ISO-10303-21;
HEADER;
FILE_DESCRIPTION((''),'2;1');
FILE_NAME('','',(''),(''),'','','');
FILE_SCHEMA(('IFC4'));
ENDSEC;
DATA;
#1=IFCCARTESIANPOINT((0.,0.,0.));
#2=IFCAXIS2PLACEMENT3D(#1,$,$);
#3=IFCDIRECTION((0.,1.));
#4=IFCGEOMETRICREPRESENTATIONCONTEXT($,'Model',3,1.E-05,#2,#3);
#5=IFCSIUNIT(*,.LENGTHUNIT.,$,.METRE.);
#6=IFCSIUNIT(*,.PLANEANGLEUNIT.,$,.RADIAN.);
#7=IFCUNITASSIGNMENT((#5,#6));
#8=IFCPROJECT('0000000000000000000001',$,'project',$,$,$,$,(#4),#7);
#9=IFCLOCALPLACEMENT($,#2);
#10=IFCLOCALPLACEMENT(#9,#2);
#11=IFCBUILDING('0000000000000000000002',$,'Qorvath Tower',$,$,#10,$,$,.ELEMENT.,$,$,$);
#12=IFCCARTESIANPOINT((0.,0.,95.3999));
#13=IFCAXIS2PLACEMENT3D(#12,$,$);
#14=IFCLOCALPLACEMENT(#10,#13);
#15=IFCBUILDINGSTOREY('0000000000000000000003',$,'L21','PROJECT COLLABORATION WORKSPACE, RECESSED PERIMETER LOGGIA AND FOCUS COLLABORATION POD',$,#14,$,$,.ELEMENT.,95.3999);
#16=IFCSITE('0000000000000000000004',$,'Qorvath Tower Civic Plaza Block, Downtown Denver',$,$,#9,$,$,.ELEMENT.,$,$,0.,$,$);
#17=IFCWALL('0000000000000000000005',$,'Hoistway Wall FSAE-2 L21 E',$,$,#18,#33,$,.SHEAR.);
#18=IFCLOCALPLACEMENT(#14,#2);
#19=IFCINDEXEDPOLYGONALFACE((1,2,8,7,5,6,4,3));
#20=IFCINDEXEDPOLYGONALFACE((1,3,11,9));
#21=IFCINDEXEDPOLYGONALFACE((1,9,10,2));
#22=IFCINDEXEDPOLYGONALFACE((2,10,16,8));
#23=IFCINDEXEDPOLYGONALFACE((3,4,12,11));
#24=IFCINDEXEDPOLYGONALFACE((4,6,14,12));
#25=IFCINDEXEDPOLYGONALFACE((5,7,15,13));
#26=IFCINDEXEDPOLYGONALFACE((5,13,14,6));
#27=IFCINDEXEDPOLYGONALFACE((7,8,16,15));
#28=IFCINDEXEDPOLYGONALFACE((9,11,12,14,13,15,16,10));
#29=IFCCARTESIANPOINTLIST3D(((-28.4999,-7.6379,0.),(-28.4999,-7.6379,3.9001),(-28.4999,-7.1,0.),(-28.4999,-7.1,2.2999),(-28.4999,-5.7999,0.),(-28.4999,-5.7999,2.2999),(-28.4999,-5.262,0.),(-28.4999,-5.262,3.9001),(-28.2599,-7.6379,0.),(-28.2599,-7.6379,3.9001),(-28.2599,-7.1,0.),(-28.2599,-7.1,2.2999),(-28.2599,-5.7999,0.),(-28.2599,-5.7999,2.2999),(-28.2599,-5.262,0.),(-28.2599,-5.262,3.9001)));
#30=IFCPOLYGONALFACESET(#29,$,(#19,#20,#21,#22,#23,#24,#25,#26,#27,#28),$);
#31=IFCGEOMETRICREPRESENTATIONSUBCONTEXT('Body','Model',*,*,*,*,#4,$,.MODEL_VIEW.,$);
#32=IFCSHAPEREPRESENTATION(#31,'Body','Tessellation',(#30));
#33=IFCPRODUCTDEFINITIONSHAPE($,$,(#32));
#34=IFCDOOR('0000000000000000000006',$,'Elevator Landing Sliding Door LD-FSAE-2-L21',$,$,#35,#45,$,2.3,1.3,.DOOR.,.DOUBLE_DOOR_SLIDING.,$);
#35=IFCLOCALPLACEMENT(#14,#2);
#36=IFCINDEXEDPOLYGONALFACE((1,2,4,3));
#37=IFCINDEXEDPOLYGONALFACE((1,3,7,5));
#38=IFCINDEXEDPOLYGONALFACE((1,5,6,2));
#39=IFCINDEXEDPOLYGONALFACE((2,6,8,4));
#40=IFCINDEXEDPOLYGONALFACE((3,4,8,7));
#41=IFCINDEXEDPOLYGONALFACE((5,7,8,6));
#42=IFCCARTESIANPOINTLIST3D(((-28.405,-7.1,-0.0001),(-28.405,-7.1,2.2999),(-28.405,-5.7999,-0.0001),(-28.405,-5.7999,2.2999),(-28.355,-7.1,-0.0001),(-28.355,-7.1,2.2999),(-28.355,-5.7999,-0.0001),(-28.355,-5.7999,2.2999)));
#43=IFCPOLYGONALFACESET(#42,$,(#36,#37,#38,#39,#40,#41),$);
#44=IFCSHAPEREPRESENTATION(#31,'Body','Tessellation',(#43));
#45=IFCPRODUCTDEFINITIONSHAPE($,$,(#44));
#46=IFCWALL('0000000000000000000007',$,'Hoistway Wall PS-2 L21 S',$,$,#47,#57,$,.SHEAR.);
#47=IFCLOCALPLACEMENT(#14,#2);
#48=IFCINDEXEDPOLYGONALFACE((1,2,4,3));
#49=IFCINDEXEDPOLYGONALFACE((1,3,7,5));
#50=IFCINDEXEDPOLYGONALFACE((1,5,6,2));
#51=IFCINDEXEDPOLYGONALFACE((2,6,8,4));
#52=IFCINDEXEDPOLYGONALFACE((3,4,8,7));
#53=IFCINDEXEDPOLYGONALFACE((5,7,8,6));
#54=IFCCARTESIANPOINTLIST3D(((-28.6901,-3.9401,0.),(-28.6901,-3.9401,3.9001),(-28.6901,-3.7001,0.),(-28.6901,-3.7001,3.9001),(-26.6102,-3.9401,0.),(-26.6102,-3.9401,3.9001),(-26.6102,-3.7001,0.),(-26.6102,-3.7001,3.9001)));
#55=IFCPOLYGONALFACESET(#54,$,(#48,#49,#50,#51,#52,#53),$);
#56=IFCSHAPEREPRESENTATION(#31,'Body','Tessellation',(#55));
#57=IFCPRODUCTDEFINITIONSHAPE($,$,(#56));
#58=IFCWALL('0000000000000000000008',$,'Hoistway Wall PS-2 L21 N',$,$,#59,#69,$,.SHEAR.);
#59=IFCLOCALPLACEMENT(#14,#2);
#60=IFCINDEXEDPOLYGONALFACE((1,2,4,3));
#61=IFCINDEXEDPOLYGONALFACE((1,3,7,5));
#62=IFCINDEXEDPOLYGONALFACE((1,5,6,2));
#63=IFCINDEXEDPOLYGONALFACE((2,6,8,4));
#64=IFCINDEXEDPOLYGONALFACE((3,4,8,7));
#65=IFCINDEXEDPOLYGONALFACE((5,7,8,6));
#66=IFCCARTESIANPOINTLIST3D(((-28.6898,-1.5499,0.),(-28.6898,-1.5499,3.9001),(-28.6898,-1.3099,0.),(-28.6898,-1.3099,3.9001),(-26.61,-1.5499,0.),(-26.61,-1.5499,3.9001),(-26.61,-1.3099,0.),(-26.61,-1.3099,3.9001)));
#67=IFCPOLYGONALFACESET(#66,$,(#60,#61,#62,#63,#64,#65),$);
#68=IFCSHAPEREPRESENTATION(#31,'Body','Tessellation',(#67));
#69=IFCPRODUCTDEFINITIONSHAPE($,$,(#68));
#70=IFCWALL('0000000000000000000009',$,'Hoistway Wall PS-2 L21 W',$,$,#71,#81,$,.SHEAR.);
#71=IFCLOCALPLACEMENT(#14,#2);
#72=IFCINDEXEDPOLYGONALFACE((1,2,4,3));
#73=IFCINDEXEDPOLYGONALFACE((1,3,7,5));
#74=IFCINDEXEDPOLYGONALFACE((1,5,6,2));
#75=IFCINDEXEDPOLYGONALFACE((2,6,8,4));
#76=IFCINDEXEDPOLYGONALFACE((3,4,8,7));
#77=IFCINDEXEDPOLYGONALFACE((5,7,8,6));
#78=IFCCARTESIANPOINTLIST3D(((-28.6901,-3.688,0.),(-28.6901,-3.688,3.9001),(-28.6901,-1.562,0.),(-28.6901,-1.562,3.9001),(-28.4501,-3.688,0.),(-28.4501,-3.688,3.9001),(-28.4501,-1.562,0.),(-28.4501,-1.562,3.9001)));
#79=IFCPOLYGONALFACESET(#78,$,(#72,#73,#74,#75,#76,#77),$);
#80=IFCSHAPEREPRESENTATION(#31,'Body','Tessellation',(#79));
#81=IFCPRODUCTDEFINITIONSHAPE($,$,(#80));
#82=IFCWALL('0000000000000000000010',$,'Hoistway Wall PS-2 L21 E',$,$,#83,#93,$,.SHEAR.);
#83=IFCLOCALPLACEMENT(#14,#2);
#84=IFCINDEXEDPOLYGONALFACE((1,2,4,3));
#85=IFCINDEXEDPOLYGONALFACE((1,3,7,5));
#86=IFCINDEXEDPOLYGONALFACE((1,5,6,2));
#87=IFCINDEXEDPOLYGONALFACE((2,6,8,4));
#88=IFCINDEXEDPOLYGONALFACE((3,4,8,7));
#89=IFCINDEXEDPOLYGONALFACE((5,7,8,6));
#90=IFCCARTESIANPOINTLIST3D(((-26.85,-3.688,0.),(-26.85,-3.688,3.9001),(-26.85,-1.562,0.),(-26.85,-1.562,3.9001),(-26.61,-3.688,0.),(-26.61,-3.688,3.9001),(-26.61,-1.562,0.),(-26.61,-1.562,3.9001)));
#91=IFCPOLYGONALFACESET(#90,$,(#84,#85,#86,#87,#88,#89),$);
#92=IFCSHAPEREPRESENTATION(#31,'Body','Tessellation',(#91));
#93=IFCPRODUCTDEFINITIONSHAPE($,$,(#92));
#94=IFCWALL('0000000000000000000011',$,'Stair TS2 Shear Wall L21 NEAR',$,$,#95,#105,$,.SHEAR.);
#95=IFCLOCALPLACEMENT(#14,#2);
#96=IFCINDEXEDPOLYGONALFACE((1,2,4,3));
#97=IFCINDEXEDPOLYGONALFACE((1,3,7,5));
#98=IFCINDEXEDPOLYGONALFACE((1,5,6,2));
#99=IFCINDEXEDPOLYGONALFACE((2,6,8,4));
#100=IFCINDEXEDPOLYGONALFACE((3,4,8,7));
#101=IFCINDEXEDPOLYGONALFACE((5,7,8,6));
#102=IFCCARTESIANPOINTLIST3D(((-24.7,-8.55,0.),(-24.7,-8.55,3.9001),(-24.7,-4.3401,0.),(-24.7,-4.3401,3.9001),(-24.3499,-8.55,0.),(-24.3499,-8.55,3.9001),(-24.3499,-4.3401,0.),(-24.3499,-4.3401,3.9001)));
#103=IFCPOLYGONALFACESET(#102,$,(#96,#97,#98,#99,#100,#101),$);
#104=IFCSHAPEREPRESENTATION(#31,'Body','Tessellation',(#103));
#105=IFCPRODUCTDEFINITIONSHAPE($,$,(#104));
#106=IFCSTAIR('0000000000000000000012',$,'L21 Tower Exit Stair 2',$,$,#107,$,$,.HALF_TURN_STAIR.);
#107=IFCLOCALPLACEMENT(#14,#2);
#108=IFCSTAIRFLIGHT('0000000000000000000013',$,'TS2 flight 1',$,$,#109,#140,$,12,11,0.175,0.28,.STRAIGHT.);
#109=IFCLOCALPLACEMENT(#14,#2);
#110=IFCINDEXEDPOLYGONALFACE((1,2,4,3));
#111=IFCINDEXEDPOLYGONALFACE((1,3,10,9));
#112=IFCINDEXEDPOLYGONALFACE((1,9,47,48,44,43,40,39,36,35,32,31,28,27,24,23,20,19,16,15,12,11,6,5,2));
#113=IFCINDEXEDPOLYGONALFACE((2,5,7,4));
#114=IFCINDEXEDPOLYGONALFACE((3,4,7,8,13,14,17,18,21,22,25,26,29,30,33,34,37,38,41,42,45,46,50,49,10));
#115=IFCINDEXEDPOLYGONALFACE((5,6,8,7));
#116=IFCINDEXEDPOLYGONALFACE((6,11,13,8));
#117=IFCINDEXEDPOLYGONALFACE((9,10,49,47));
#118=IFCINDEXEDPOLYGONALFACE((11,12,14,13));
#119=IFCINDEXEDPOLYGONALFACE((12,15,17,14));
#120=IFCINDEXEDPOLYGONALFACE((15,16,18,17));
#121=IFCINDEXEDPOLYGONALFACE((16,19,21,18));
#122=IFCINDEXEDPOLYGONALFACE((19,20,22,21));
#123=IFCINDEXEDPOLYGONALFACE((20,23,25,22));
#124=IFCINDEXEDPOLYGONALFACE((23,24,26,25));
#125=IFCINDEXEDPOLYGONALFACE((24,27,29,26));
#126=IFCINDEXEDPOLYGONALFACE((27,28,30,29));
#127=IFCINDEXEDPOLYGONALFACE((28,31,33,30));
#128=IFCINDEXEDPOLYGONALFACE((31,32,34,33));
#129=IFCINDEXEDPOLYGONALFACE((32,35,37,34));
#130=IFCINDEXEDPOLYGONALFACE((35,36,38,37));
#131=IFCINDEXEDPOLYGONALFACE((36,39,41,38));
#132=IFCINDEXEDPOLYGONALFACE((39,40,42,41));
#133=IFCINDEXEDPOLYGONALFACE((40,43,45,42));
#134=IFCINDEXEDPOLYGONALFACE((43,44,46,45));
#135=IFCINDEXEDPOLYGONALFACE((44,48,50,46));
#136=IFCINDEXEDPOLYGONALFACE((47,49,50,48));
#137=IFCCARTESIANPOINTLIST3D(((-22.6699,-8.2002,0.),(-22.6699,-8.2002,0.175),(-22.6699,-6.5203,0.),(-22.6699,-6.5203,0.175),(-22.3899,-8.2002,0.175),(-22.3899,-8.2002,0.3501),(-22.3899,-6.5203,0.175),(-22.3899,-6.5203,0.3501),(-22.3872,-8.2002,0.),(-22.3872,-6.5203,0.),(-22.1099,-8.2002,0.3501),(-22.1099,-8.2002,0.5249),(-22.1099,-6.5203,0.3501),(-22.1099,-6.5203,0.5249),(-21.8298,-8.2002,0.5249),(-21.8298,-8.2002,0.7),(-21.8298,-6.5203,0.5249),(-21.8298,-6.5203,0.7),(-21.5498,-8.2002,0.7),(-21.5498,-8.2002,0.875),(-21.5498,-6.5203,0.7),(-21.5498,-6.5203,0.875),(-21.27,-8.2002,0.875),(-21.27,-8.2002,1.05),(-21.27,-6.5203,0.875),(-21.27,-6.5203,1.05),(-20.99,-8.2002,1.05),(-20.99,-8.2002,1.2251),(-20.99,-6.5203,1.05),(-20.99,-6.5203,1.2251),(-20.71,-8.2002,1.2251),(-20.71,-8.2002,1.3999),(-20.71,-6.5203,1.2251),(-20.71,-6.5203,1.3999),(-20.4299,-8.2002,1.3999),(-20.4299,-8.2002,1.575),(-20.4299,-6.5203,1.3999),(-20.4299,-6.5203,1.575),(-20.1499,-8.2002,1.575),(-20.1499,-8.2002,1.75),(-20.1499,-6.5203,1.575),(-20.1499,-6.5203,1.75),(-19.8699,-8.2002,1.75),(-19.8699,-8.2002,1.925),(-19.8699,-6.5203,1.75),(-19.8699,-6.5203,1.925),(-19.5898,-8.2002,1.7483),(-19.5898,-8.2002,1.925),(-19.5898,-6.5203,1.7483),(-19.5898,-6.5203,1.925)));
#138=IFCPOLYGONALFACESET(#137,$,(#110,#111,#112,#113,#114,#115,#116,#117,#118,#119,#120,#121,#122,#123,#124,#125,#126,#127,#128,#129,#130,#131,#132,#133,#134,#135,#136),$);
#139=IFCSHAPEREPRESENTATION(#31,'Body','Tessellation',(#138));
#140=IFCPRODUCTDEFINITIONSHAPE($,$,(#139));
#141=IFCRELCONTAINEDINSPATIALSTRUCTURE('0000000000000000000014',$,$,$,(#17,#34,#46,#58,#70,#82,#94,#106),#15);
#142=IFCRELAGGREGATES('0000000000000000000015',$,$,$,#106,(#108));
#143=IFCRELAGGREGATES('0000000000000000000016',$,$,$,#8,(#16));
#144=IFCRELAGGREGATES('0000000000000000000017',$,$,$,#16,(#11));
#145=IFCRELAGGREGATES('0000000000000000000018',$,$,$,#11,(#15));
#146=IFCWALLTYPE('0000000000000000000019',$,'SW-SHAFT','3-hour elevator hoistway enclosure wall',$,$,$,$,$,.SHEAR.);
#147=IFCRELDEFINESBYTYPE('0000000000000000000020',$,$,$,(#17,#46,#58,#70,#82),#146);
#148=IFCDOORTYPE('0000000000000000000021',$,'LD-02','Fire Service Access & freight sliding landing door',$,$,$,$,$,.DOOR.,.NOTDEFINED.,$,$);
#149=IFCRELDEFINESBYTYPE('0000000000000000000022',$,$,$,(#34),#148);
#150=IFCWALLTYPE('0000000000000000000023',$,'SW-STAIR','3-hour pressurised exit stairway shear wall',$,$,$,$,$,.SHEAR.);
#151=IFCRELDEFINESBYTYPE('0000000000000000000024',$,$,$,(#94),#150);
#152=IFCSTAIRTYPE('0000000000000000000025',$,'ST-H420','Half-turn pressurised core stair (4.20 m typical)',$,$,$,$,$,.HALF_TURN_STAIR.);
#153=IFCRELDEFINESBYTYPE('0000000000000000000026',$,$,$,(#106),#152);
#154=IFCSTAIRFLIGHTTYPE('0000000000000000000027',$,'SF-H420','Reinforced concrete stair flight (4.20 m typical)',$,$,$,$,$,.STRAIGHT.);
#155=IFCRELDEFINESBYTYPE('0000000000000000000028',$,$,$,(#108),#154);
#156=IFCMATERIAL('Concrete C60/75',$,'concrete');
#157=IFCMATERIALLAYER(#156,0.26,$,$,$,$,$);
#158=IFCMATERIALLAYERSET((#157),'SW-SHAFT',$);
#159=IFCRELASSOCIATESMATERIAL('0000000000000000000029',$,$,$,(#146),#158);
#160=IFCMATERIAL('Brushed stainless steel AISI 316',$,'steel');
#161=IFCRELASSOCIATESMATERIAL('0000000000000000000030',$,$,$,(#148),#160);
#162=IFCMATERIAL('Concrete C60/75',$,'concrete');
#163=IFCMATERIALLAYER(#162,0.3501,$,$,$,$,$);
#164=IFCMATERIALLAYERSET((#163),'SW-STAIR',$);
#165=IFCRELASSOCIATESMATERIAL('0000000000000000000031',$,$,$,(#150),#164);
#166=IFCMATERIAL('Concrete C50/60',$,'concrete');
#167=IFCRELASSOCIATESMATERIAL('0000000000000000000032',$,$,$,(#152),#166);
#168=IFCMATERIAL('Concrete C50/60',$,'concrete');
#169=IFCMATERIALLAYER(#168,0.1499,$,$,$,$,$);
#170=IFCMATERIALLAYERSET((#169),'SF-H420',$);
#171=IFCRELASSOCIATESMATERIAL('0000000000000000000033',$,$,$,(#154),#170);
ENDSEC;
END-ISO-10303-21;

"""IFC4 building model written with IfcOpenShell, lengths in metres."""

from ifc_helpers import new_model, si_unit, direction, frame, frame_2d, origin, place, context, subcontext, project, spatial, polyline, rectangle, outline, extrude, material, layer, layer_set, type_object, element, fill, aggregate, save


model = new_model("IFC4")

# Units and contexts
model_context = context("Model", 3, precision=1e-05, world=origin(), true_north=direction((0.0, 1.0)))
body_context = subcontext(model_context, "Body", "Model", "MODEL_VIEW")
ifc_project = project(units=[si_unit("LENGTHUNIT", "METRE"), si_unit("PLANEANGLEUNIT", "RADIAN")], contexts=[model_context])

# Site, building, storey
site_placement = place(None, origin())
site = spatial("IfcSite", under=ifc_project, at=site_placement, Name="Qorvath Tower Civic Plaza Block, Downtown Denver", CompositionType="ELEMENT", RefElevation=0.0)
building_placement = place(site_placement, origin())
building = spatial("IfcBuilding", under=site, at=building_placement, Name="Qorvath Tower", CompositionType="ELEMENT")
storey_placement = place(building_placement, frame((0.0, 0.0, 95.3999)))
storey = spatial("IfcBuildingStorey", under=building, at=storey_placement, Name="L21", Description="PROJECT COLLABORATION WORKSPACE, RECESSED PERIMETER LOGGIA AND FOCUS COLLABORATION POD", CompositionType="ELEMENT", Elevation=95.3999)

# Shared definitions
ifc_material_1 = material(Name="Concrete C60/75", Category="concrete")
ifc_layer_1 = layer(ifc_material_1, 0.26)
ifc_layer_set_1 = layer_set([ifc_layer_1], Name="SW-SHAFT")
wall_type_1 = type_object("IfcWallType", Name="SW-SHAFT", Description="3-hour elevator hoistway enclosure wall", PredefinedType="SHEAR", material=ifc_layer_set_1)

# Wall, opening, door
wall_1_placement = place(storey_placement, frame((-28.3799, -5.262, 0.0), z_axis=(0.0, 0.0, 1.0), x_axis=(0.0, -1.0, 0.0)))
wall_1 = element("IfcWall", 1, at=wall_1_placement, inside=storey, type_object=wall_type_1, Name="Hoistway Wall FSAE-2 L21 E", PredefinedType="SHEAR", context=body_context, shape_type="SweptSolid", body=[
    extrude(rectangle(XDim=2.376, YDim=0.24, at=frame_2d((1.188, 0.0))), origin(), (0.0, 0.0, 1.0), 3.9001),
])
opening_1_placement = place(wall_1_placement, frame((0.5381, 0.0, 0.0)))
opening_1 = element("IfcOpeningElement", 2, at=opening_1_placement, cuts=wall_1, PredefinedType="OPENING", context=body_context, shape_type="SweptSolid", body=[
    extrude(rectangle(XDim=1.3, YDim=2.3, at=frame_2d((0.6499, 1.1499))), frame((0.0, 0.1299, 0.0), z_axis=(0.0, -1.0, 0.0), x_axis=(1.0, 0.0, 0.0)), (0.0, 0.0, 1.0), 0.26),
])
ifc_material_2 = material(Name="Brushed stainless steel AISI 316", Category="steel")
door_type_1 = type_object("IfcDoorType", Name="LD-02", Description="Fire Service Access & freight sliding landing door", OperationType="NOTDEFINED", PredefinedType="DOOR", material=ifc_material_2)
door_1_placement = place(opening_1_placement, origin())
door_1 = element("IfcDoor", 3, at=door_1_placement, inside=storey, type_object=door_type_1, Name="Elevator Landing Sliding Door LD-FSAE-2-L21", OperationType="DOUBLE_DOOR_SLIDING", OverallHeight=2.3, OverallWidth=1.3, PredefinedType="DOOR", context=body_context, shape_type="SweptSolid", body=[
    extrude(rectangle(XDim=1.3, YDim=2.3, at=frame_2d((0.6499, 1.1499))), frame((0.0, 0.0249, 0.0), z_axis=(0.0, -1.0, 0.0), x_axis=(1.0, 0.0, 0.0)), (0.0, 0.0, 1.0), 0.05),
])
fill(opening_1, door_1)

# Walls
for number, where, z_axis, x_axis, name in (
    (4, (-26.6101, -3.8201, 0.0), (0.0, 0.0, 1.0), (-1.0, 0.0, 0.0), "Hoistway Wall PS-2 L21 S"),
    (5, (-28.6899, -1.4299, 0.0), (0.0, 0.0, 1.0), (1.0, 0.0, 0.0), "Hoistway Wall PS-2 L21 N"),
):
    element("IfcWall", number, at=place(storey_placement, frame(where, z_axis=z_axis, x_axis=x_axis)), inside=storey, type_object=wall_type_1, Name=name, PredefinedType="SHEAR", context=body_context, shape_type="SweptSolid", body=[
        extrude(rectangle(XDim=2.0798, YDim=0.24, at=frame_2d((1.04, 0.0))), origin(), (0.0, 0.0, 1.0), 3.9001),
    ])
for number, where, z_axis, x_axis, name in (
    (6, (-28.5701, -3.688, 0.0), (0.0, 0.0, 1.0), (0.0, 1.0, 0.0), "Hoistway Wall PS-2 L21 W"),
    (7, (-26.73, -1.562, 0.0), (0.0, 0.0, 1.0), (0.0, -1.0, 0.0), "Hoistway Wall PS-2 L21 E"),
):
    element("IfcWall", number, at=place(storey_placement, frame(where, z_axis=z_axis, x_axis=x_axis)), inside=storey, type_object=wall_type_1, Name=name, PredefinedType="SHEAR", context=body_context, shape_type="SweptSolid", body=[
        extrude(rectangle(XDim=2.126, YDim=0.24, at=frame_2d((1.063, 0.0))), origin(), (0.0, 0.0, 1.0), 3.9001),
    ])
ifc_material_3 = material(Name="Concrete C60/75", Category="concrete")
ifc_layer_2 = layer(ifc_material_3, 0.3501)
ifc_layer_set_2 = layer_set([ifc_layer_2], Name="SW-STAIR")
wall_type_2 = type_object("IfcWallType", Name="SW-STAIR", Description="3-hour pressurised exit stairway shear wall", PredefinedType="SHEAR", material=ifc_layer_set_2)
wall_2_placement = place(storey_placement, frame((-24.5249, -4.3401, 0.0), z_axis=(0.0, 0.0, 1.0), x_axis=(0.0, -1.0, 0.0)))
element("IfcWall", 8, at=wall_2_placement, inside=storey, type_object=wall_type_2, Name="Stair TS2 Shear Wall L21 NEAR", PredefinedType="SHEAR", context=body_context, shape_type="SweptSolid", body=[
    extrude(rectangle(XDim=4.21, YDim=0.3501, at=frame_2d((2.105, 0.0))), origin(), (0.0, 0.0, 1.0), 3.9001),
])

# Stair, stair flight
ifc_material_4 = material(Name="Concrete C50/60", Category="concrete")
stair_type = type_object("IfcStairType", Name="ST-H420", Description="Half-turn pressurised core stair (4.20 m typical)", PredefinedType="HALF_TURN_STAIR", material=ifc_material_4)
stair_placement = place(storey_placement, origin())
stair = element("IfcStair", 9, at=stair_placement, inside=storey, type_object=stair_type, Name="L21 Tower Exit Stair 2", PredefinedType="HALF_TURN_STAIR")
ifc_material_5 = material(Name="Concrete C50/60", Category="concrete")
ifc_layer_3 = layer(ifc_material_5, 0.1499)
ifc_layer_set_3 = layer_set([ifc_layer_3], Name="SF-H420")
stair_flight_type = type_object("IfcStairFlightType", Name="SF-H420", Description="Reinforced concrete stair flight (4.20 m typical)", PredefinedType="STRAIGHT", material=ifc_layer_set_3)
stair_flight_placement = place(storey_placement, frame((-22.6699, -7.3601, 0.0), z_axis=(0.0, 0.0, 1.0), x_axis=(1.0, 0.0, 0.0)))
stair_flight = element("IfcStairFlight", 10, at=stair_flight_placement, type_object=stair_flight_type, Name="TS2 flight 1", NumberOfRisers=12, NumberOfTreads=11, PredefinedType="STRAIGHT", RiserHeight=0.175, TreadLength=0.28, context=body_context, shape_type="SweptSolid", body=[
    extrude(outline(polyline([(0.0, 0.0), (0.0, 0.175), (0.28, 0.175), (0.28, 0.3501), (0.5601, 0.3501), (0.5601, 0.5249), (0.8401, 0.5249), (0.8401, 0.7), (1.1201, 0.7), (1.1201, 0.875), (1.3999, 0.875), (1.3999, 1.05), (1.6799, 1.05), (1.6799, 1.2251), (1.96, 1.2251), (1.96, 1.3999), (2.24, 1.3999), (2.24, 1.575), (2.52, 1.575), (2.52, 1.75), (2.8, 1.75), (2.8, 1.925), (3.0801, 1.925), (3.0801, 2.1001), (3.0801, 1.7483), (0.2827, 0.0), (0.0, 0.0)])), frame((0.0, 0.8398, 0.0), z_axis=(0.0, -1.0, 0.0), x_axis=(1.0, 0.0, 0.0)), (0.0, 0.0, 1.0), 1.6799),
])
aggregate(stair, [stair_flight])

save(model, "model.ifc")
